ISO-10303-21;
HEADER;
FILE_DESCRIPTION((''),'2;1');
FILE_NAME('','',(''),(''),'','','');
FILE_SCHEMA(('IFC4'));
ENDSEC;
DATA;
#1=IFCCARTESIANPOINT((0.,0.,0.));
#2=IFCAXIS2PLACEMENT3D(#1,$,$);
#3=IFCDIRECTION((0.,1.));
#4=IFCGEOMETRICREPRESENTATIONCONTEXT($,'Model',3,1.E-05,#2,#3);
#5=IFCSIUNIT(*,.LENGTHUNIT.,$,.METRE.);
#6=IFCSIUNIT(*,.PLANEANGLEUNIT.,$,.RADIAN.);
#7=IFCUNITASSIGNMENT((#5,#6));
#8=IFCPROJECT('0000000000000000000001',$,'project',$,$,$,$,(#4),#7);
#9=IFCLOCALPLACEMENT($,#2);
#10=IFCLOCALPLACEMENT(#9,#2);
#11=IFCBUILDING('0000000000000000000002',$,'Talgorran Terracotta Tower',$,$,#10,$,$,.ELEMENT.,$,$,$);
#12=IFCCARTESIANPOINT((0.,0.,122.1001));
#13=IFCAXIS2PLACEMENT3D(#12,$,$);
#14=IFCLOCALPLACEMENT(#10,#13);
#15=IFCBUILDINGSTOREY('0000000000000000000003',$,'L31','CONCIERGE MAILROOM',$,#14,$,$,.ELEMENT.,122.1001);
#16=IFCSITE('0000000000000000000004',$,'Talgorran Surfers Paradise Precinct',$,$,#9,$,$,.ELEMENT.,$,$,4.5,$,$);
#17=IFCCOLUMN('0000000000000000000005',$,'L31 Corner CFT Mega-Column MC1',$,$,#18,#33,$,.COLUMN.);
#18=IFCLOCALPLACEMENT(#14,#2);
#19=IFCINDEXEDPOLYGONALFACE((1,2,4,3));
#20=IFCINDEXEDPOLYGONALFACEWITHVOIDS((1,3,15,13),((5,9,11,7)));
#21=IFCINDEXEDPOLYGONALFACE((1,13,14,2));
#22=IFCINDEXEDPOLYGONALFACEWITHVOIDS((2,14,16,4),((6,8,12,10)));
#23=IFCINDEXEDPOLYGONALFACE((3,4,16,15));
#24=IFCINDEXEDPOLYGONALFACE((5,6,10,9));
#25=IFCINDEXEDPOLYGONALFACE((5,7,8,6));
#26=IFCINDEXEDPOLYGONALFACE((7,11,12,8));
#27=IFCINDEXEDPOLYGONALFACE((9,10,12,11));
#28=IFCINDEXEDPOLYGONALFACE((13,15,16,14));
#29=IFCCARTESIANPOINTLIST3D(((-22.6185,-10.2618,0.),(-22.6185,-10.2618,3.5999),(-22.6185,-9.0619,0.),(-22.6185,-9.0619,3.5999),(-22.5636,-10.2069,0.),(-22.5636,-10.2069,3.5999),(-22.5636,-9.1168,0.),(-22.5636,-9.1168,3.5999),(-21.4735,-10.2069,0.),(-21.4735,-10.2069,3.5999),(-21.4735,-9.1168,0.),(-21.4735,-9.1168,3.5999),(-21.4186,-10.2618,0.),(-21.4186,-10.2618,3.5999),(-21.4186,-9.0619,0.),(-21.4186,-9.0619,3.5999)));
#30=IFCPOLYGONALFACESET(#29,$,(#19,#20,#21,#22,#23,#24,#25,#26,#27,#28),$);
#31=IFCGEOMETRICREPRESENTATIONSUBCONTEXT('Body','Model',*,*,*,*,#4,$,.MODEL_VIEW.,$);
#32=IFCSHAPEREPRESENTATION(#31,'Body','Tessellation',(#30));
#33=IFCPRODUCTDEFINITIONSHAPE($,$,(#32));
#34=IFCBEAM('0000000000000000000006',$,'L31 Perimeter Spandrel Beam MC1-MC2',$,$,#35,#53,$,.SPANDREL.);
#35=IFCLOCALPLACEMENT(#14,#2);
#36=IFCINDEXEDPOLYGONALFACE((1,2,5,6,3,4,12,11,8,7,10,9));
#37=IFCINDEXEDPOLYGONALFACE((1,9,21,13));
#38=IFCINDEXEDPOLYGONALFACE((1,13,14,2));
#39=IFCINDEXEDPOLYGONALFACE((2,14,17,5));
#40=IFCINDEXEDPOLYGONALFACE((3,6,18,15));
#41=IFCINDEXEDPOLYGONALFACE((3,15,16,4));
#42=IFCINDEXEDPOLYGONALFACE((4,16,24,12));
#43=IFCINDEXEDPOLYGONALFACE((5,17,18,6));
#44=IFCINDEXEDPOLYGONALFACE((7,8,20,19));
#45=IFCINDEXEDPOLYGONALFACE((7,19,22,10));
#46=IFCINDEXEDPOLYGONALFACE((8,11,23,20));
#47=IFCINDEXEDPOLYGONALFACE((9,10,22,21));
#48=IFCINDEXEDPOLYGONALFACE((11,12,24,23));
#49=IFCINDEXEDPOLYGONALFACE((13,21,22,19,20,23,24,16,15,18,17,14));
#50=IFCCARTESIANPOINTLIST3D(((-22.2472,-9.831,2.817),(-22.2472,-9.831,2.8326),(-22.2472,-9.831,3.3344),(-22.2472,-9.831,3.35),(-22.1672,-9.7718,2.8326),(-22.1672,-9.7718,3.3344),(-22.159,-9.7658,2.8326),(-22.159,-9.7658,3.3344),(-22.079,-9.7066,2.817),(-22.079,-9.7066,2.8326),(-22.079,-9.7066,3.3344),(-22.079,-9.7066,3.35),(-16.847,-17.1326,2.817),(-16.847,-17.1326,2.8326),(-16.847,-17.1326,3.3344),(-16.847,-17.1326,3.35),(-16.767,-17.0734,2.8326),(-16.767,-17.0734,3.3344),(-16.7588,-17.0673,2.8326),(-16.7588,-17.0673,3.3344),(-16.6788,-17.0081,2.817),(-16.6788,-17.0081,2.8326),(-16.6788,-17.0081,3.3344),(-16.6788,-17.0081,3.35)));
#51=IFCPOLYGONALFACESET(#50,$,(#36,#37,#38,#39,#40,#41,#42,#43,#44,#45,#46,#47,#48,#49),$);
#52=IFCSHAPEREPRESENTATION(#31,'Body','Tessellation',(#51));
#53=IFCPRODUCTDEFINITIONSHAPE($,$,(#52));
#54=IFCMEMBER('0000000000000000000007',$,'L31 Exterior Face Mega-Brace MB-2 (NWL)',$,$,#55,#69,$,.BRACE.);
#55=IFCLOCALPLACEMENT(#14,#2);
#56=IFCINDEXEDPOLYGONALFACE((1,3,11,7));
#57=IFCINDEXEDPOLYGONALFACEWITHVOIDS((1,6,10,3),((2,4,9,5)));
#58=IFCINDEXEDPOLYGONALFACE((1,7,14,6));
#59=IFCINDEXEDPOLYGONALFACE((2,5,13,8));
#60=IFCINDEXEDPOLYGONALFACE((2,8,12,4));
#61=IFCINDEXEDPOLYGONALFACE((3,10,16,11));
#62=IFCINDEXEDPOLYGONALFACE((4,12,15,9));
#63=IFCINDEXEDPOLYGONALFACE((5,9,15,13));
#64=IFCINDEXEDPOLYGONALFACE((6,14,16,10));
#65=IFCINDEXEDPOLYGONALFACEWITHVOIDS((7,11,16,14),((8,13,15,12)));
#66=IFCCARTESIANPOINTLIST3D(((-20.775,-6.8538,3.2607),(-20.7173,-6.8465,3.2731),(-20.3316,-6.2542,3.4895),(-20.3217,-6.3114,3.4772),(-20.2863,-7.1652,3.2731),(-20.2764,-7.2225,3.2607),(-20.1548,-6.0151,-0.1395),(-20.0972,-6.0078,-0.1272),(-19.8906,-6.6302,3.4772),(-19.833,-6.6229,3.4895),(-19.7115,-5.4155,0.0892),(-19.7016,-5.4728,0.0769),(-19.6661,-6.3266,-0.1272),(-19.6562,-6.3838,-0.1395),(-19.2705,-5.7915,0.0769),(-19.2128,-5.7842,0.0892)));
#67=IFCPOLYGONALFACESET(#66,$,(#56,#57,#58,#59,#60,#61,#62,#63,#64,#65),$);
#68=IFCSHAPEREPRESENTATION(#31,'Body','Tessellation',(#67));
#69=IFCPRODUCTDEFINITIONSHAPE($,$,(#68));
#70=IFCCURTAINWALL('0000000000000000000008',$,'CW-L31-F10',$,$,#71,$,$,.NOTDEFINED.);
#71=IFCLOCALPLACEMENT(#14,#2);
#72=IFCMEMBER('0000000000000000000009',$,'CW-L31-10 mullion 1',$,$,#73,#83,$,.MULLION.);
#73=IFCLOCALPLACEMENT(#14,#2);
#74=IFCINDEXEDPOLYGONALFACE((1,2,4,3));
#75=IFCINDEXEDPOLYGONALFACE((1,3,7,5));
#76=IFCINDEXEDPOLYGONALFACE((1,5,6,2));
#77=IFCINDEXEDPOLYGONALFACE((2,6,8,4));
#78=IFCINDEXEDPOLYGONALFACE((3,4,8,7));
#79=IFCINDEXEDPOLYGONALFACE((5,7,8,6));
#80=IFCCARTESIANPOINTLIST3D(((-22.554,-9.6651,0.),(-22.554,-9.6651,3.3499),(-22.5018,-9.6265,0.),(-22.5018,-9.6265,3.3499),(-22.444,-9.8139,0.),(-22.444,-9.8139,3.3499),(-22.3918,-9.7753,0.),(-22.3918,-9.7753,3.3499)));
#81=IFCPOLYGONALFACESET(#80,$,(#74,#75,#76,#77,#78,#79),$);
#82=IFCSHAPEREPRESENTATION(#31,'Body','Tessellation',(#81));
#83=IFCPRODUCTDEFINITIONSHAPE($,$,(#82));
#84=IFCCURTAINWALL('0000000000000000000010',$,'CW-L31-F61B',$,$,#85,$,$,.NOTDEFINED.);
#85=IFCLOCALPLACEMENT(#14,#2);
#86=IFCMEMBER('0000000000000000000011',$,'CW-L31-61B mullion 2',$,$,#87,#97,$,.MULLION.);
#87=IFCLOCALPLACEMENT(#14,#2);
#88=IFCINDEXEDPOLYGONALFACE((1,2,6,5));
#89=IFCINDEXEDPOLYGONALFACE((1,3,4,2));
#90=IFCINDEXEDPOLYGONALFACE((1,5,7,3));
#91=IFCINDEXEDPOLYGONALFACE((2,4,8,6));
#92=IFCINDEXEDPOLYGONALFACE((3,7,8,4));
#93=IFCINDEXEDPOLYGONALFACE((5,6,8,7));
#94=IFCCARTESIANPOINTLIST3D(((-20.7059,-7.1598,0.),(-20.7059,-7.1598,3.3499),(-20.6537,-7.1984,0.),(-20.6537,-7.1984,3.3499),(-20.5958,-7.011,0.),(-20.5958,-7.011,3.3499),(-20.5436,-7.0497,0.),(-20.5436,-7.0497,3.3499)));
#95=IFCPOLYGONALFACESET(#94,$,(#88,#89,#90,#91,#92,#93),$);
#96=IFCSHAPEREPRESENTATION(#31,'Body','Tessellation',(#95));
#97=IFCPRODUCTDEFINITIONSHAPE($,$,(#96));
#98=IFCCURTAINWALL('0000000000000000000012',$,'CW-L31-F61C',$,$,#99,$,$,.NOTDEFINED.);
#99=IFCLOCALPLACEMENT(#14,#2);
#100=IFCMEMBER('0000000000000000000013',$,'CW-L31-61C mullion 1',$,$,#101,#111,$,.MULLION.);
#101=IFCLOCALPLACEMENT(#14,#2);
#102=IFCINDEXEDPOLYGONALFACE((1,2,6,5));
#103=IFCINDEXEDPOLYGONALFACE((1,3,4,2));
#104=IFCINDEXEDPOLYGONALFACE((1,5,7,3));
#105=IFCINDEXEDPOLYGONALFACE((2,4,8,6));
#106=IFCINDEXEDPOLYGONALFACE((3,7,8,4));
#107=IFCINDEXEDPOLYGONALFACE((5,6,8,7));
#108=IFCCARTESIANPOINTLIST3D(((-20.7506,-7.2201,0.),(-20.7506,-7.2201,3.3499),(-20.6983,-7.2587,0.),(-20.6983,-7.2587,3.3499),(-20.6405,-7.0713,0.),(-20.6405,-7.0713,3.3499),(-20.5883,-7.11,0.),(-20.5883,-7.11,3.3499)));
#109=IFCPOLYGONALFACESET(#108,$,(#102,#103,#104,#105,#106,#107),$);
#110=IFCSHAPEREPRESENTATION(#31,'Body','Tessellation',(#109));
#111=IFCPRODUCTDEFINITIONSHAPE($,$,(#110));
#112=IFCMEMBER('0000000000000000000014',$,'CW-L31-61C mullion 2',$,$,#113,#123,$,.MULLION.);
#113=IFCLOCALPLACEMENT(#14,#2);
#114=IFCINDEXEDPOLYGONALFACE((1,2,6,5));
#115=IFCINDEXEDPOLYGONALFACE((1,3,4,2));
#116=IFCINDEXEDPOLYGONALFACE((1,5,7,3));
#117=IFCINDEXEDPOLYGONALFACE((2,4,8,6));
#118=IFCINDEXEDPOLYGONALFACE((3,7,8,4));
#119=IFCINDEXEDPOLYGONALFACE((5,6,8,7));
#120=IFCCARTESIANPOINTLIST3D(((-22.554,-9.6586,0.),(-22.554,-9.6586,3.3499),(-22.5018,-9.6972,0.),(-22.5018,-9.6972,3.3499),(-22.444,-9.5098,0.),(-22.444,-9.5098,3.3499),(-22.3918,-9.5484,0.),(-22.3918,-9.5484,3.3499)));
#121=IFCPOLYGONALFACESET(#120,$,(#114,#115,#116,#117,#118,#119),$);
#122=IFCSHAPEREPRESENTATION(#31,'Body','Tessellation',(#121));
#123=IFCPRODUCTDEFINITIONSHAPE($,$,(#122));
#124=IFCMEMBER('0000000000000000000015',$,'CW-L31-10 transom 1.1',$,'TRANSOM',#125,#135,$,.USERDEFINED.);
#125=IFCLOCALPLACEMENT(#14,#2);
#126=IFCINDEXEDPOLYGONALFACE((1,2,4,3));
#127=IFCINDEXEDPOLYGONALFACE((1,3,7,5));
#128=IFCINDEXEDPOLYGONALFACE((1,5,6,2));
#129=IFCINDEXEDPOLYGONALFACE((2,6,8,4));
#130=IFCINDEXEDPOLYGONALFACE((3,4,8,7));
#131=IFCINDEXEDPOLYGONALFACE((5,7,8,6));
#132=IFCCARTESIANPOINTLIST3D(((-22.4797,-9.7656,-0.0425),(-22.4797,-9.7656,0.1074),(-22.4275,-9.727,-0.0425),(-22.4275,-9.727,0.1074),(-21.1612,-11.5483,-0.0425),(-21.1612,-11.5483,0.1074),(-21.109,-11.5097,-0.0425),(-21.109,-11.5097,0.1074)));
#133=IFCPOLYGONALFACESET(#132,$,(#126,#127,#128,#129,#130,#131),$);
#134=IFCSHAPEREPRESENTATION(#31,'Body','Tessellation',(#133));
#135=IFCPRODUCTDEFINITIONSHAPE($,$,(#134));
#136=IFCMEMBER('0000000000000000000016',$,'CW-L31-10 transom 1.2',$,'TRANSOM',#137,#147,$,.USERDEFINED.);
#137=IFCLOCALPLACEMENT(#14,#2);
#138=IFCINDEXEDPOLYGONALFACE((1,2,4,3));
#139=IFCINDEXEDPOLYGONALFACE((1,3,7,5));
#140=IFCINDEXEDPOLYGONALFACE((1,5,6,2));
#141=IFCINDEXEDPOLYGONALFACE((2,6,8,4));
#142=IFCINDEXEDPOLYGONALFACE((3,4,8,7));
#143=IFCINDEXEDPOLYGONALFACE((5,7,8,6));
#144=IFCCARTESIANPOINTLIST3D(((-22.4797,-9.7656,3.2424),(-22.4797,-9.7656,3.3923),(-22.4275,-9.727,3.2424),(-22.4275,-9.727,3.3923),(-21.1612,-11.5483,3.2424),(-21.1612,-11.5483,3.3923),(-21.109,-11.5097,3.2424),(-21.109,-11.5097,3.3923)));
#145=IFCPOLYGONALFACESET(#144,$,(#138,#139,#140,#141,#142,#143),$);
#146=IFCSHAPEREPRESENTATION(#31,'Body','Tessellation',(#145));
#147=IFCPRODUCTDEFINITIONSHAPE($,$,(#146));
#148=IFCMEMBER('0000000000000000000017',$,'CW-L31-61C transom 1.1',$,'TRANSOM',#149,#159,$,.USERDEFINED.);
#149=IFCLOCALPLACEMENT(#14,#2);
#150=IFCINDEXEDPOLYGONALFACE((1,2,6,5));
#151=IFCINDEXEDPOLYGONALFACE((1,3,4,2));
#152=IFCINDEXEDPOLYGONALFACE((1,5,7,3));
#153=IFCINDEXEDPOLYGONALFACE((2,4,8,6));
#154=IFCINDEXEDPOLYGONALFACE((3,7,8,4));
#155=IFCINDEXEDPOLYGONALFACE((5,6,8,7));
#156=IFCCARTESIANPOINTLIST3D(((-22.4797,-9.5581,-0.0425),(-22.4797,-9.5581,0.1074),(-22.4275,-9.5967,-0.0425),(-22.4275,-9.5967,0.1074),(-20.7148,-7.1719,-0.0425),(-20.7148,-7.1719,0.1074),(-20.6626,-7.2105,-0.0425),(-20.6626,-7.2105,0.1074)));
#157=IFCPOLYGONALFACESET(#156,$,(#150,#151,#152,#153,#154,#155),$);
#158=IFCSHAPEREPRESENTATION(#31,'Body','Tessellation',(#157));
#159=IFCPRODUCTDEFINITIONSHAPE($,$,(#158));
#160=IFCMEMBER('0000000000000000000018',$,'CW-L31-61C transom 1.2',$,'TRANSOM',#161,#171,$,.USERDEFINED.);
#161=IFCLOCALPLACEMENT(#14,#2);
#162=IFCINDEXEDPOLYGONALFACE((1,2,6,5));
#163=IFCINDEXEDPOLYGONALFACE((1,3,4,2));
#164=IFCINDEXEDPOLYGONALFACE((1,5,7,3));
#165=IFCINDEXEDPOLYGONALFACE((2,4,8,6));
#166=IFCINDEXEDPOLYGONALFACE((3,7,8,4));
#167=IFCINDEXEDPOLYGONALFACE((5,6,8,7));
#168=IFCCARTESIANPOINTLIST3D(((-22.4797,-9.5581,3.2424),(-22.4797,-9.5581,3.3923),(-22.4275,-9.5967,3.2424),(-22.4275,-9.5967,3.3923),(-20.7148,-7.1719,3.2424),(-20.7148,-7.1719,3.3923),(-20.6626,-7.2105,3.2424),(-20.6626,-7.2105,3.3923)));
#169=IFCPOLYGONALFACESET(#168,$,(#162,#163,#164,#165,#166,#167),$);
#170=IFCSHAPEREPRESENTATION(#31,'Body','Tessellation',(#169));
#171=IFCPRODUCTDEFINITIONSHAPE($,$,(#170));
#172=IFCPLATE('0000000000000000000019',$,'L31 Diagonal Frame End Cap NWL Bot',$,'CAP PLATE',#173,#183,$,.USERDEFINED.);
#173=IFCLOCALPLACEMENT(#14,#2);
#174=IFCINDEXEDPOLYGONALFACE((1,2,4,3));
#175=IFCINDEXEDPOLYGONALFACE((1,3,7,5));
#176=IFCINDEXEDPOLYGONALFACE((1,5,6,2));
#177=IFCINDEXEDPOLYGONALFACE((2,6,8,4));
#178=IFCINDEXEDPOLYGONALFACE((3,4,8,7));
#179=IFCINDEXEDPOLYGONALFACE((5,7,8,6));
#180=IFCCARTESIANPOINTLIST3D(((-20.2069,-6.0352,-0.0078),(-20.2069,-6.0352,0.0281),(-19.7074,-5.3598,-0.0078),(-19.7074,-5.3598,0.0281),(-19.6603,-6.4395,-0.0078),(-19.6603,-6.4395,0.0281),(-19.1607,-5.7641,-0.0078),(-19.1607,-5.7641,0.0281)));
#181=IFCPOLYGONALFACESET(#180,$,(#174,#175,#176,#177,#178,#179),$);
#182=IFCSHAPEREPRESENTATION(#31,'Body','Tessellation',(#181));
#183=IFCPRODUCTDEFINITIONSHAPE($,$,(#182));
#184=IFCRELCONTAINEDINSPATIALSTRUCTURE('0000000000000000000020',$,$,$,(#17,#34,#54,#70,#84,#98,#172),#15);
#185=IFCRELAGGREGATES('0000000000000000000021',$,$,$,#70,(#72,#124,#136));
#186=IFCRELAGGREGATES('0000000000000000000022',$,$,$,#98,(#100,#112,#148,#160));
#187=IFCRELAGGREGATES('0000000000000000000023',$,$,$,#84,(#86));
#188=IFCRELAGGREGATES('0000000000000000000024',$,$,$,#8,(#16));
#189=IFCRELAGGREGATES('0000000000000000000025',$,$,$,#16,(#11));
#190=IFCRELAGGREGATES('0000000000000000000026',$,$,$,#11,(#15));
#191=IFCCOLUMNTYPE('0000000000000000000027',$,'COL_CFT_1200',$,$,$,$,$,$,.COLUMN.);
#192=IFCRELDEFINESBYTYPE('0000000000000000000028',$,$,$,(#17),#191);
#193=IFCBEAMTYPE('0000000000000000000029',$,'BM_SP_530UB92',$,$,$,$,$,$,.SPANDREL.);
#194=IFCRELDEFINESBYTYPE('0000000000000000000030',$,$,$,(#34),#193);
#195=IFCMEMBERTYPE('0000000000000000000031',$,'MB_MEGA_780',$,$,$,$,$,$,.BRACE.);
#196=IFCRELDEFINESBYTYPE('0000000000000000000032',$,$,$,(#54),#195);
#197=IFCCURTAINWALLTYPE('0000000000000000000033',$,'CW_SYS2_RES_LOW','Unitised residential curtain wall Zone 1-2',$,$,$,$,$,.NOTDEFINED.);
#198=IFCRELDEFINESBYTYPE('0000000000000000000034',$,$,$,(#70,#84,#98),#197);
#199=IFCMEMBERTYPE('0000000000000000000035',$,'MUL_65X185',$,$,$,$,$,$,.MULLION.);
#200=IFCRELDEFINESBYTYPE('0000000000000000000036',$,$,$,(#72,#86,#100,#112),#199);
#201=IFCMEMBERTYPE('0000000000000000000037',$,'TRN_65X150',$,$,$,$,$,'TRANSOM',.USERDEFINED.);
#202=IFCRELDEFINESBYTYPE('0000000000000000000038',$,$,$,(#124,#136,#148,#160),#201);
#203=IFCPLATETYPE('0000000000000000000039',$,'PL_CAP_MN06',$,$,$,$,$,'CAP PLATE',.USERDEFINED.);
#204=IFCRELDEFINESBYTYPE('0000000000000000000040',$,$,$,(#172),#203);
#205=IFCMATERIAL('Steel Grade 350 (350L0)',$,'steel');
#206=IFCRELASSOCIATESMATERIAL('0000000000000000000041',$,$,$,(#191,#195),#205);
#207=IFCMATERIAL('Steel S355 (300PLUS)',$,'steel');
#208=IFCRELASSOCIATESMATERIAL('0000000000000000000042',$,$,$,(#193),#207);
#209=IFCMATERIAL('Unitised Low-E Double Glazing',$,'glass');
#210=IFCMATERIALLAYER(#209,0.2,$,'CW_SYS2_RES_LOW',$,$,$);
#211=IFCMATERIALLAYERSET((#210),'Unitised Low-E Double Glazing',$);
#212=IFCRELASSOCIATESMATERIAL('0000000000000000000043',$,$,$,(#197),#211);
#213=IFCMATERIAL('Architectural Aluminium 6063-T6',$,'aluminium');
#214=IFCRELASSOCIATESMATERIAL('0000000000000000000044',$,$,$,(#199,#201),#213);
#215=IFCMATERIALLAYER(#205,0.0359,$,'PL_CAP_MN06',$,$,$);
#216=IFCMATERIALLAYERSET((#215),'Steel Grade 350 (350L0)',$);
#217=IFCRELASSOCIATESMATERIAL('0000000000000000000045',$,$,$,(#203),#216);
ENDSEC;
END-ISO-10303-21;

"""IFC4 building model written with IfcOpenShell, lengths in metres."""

from ifc_helpers import new_model, si_unit, direction, frame, origin, origin_2d, place, context, subcontext, project, spatial, rectangle, hollow_rectangle, i_section, extrude, material, layer, layer_set, material_profile, profile_set, type_object, element, aggregate, save


model = new_model("IFC4")

# Units and contexts
model_context = context("Model", 3, precision=1e-05, world=origin(), true_north=direction((0.0, 1.0)))
body_context = subcontext(model_context, "Body", "Model", "MODEL_VIEW")
ifc_project = project(units=[si_unit("LENGTHUNIT", "METRE"), si_unit("PLANEANGLEUNIT", "RADIAN")], contexts=[model_context])

# Site, building, storey
site_placement = place(None, origin())
site = spatial("IfcSite", under=ifc_project, at=site_placement, Name="Talgorran Surfers Paradise Precinct", CompositionType="ELEMENT", RefElevation=4.5)
building_placement = place(site_placement, origin())
building = spatial("IfcBuilding", under=site, at=building_placement, Name="Talgorran Terracotta Tower", CompositionType="ELEMENT")
storey_placement = place(building_placement, frame((0.0, 0.0, 122.1001)))
storey = spatial("IfcBuildingStorey", under=building, at=storey_placement, Name="L31", Description="CONCIERGE MAILROOM", CompositionType="ELEMENT", Elevation=122.1001)

# Column
ifc_material_1 = material(Name="Steel Grade 350 (350L0)", Category="steel")
ifc_material_profile_1 = material_profile(ifc_material_1, hollow_rectangle(XDim=1.2, YDim=1.2, WallThickness=0.0549, at=origin_2d()), Name="CFT1200X1200X55")
ifc_profile_set_1 = profile_set([ifc_material_profile_1], Name="Steel Grade 350 (350L0)")
column_type = type_object("IfcColumnType", Name="COL_CFT_1200", PredefinedType="COLUMN", material=ifc_profile_set_1)
column_placement = place(storey_placement, frame((-22.0186, -9.6619, 0.0), z_axis=(0.0, 0.0, 1.0), x_axis=(1.0, 0.0, 0.0)))
element("IfcColumn", 1, at=column_placement, inside=storey, type_object=column_type, Name="L31 Corner CFT Mega-Column MC1", PredefinedType="COLUMN", context=body_context, shape_type="SweptSolid", body=[
    extrude(hollow_rectangle(XDim=1.2, YDim=1.2, WallThickness=0.0549, at=origin_2d()), origin(), (0.0, 0.0, 1.0), 3.5999),
])

# Beam
ifc_material_2 = material(Name="Steel S355 (300PLUS)", Category="steel")
ifc_material_profile_2 = material_profile(ifc_material_2, i_section(OverallWidth=0.2092, OverallDepth=0.533, WebThickness=0.0103, FlangeThickness=0.0156, at=origin_2d()), Name="530UB92.4")
ifc_profile_set_2 = profile_set([ifc_material_profile_2], Name="Steel S355 (300PLUS)")
beam_type = type_object("IfcBeamType", Name="BM_SP_530UB92", PredefinedType="SPANDREL", material=ifc_profile_set_2)
beam_placement = place(storey_placement, frame((-22.1631, -9.7688, 3.0835), z_axis=(0.594631, -0.803998, 0.0), x_axis=(0.803998, 0.594631, 0.0)))
element("IfcBeam", 2, at=beam_placement, inside=storey, type_object=beam_type, Name="L31 Perimeter Spandrel Beam MC1-MC2", PredefinedType="SPANDREL", context=body_context, shape_type="SweptSolid", body=[
    extrude(i_section(OverallWidth=0.2092, OverallDepth=0.533, WebThickness=0.0103, FlangeThickness=0.0156, at=origin_2d()), origin(), (0.0, 0.0, 1.0), 9.0815),
])

# Member
ifc_material_profile_3 = material_profile(ifc_material_1, hollow_rectangle(XDim=0.6201, YDim=0.78, WallThickness=0.042, at=origin_2d()), Name="WBOX780X620X42")
ifc_profile_set_3 = profile_set([ifc_material_profile_3], Name="Steel Grade 350 (350L0)")
member_type_1 = type_object("IfcMemberType", Name="MB_MEGA_780", PredefinedType="BRACE", material=ifc_profile_set_3)
member_1_placement = place(storey_placement, frame((-19.6838, -5.8997, -0.0251), z_axis=(-0.174361, -0.235799, 0.956032), x_axis=(0.804055, -0.594556, 0.0)))
element("IfcMember", 3, at=member_1_placement, inside=storey, type_object=member_type_1, Name="L31 Exterior Face Mega-Brace MB-2 (NWL)", PredefinedType="BRACE", context=body_context, shape_type="SweptSolid", body=[
    extrude(hollow_rectangle(XDim=0.6201, YDim=0.78, WallThickness=0.042, at=origin_2d()), origin(), (0.0, 0.0, 1.0), 3.5566),
])

# Curtain walls, members
ifc_material_3 = material(Name="Unitised Low-E Double Glazing", Category="glass")
ifc_layer_1 = layer(ifc_material_3, 0.2, Name="CW_SYS2_RES_LOW")
ifc_layer_set_1 = layer_set([ifc_layer_1], Name="Unitised Low-E Double Glazing")
curtain_wall_type = type_object("IfcCurtainWallType", Name="CW_SYS2_RES_LOW", Description="Unitised residential curtain wall Zone 1-2", PredefinedType="NOTDEFINED", material=ifc_layer_set_1)
curtain_wall_1_placement = place(storey_placement, origin())
curtain_wall_1 = element("IfcCurtainWall", 4, at=curtain_wall_1_placement, inside=storey, type_object=curtain_wall_type, Name="CW-L31-F10", PredefinedType="NOTDEFINED")
ifc_material_4 = material(Name="Architectural Aluminium 6063-T6", Category="aluminium")
ifc_material_profile_4 = material_profile(ifc_material_4, rectangle(XDim=0.0649, YDim=0.1851, at=origin_2d()), Name="CWM65X185")
ifc_profile_set_4 = profile_set([ifc_material_profile_4], Name="Architectural Aluminium 6063-T6")
member_type_2 = type_object("IfcMemberType", Name="MUL_65X185", PredefinedType="MULLION", material=ifc_profile_set_4)
member_2_placement = place(storey_placement, frame((-22.4729, -9.7202, 0.0), z_axis=(0.0, 0.0, 1.0), x_axis=(0.803985, 0.59465, 0.0)))
member_2 = element("IfcMember", 5, at=member_2_placement, type_object=member_type_2, Name="CW-L31-10 mullion 1", PredefinedType="MULLION", context=body_context, shape_type="SweptSolid", body=[
    extrude(rectangle(XDim=0.0649, YDim=0.1851, at=origin_2d()), origin(), (0.0, 0.0, 1.0), 3.3499),
])
curtain_wall_2_placement = place(storey_placement, origin())
curtain_wall_2 = element("IfcCurtainWall", 6, at=curtain_wall_2_placement, inside=storey, type_object=curtain_wall_type, Name="CW-L31-F61B", PredefinedType="NOTDEFINED")
member_3_placement = place(storey_placement, frame((-20.6248, -7.1047, 0.0), z_axis=(0.0, 0.0, 1.0), x_axis=(0.803994, -0.594637, 0.0)))
member_3 = element("IfcMember", 7, at=member_3_placement, type_object=member_type_2, Name="CW-L31-61B mullion 2", PredefinedType="MULLION", context=body_context, shape_type="SweptSolid", body=[
    extrude(rectangle(XDim=0.0649, YDim=0.1851, at=origin_2d()), origin(), (0.0, 0.0, 1.0), 3.3499),
])

# Curtain wall, members
curtain_wall_3_placement = place(storey_placement, origin())
curtain_wall_3 = element("IfcCurtainWall", 8, at=curtain_wall_3_placement, inside=storey, type_object=curtain_wall_type, Name="CW-L31-F61C", PredefinedType="NOTDEFINED")
member_4_placement = place(storey_placement, frame((-20.6694, -7.165, 0.0), z_axis=(0.0, 0.0, 1.0), x_axis=(0.803995, -0.594636, 0.0)))
member_4 = element("IfcMember", 9, at=member_4_placement, type_object=member_type_2, Name="CW-L31-61C mullion 1", PredefinedType="MULLION", context=body_context, shape_type="SweptSolid", body=[
    extrude(rectangle(XDim=0.0649, YDim=0.1851, at=origin_2d()), origin(), (0.0, 0.0, 1.0), 3.3499),
])
member_5_placement = place(storey_placement, frame((-22.4729, -9.6035, 0.0), z_axis=(0.0, 0.0, 1.0), x_axis=(0.803995, -0.594636, 0.0)))
member_5 = element("IfcMember", 10, at=member_5_placement, type_object=member_type_2, Name="CW-L31-61C mullion 2", PredefinedType="MULLION", context=body_context, shape_type="SweptSolid", body=[
    extrude(rectangle(XDim=0.0649, YDim=0.1851, at=origin_2d()), origin(), (0.0, 0.0, 1.0), 3.3499),
])

# Members
ifc_material_profile_5 = material_profile(ifc_material_4, rectangle(XDim=0.0649, YDim=0.1499, at=origin_2d()), Name="CWT65X150")
ifc_profile_set_5 = profile_set([ifc_material_profile_5], Name="Architectural Aluminium 6063-T6")
member_type_3 = type_object("IfcMemberType", Name="TRN_65X150", ElementType="TRANSOM", PredefinedType="USERDEFINED", material=ifc_profile_set_5)
member_6_placement = place(storey_placement, frame((-22.4536, -9.7463, 0.0325), z_axis=(0.594667, -0.803972, 0.0), x_axis=(0.803972, 0.594667, 0.0)))
member_6 = element("IfcMember", 11, at=member_6_placement, type_object=member_type_3, Name="CW-L31-10 transom 1.1", ObjectType="TRANSOM", PredefinedType="USERDEFINED", context=body_context, shape_type="SweptSolid", body=[
    extrude(rectangle(XDim=0.0649, YDim=0.1499, at=origin_2d()), origin(), (0.0, 0.0, 1.0), 2.2173),
])
member_7_placement = place(storey_placement, frame((-22.4536, -9.7463, 3.3174), z_axis=(0.594667, -0.803972, 0.0), x_axis=(0.803972, 0.594667, 0.0)))
member_7 = element("IfcMember", 12, at=member_7_placement, type_object=member_type_3, Name="CW-L31-10 transom 1.2", ObjectType="TRANSOM", PredefinedType="USERDEFINED", context=body_context, shape_type="SweptSolid", body=[
    extrude(rectangle(XDim=0.0649, YDim=0.1499, at=origin_2d()), origin(), (0.0, 0.0, 1.0), 2.2173),
])
member_8_placement = place(storey_placement, frame((-20.6887, -7.1912, 0.0325), z_axis=(-0.594643, -0.80399, 0.0), x_axis=(0.80399, -0.594643, 0.0)))
member_8 = element("IfcMember", 13, at=member_8_placement, type_object=member_type_3, Name="CW-L31-61C transom 1.1", ObjectType="TRANSOM", PredefinedType="USERDEFINED", context=body_context, shape_type="SweptSolid", body=[
    extrude(rectangle(XDim=0.0649, YDim=0.1499, at=origin_2d()), origin(), (0.0, 0.0, 1.0), 2.968),
])
member_9_placement = place(storey_placement, frame((-20.6887, -7.1912, 3.3174), z_axis=(-0.594643, -0.80399, 0.0), x_axis=(0.80399, -0.594643, 0.0)))
member_9 = element("IfcMember", 14, at=member_9_placement, type_object=member_type_3, Name="CW-L31-61C transom 1.2", ObjectType="TRANSOM", PredefinedType="USERDEFINED", context=body_context, shape_type="SweptSolid", body=[
    extrude(rectangle(XDim=0.0649, YDim=0.1499, at=origin_2d()), origin(), (0.0, 0.0, 1.0), 2.968),
])

# Plate
ifc_layer_2 = layer(ifc_material_1, 0.0359, Name="PL_CAP_MN06")
ifc_layer_set_2 = layer_set([ifc_layer_2], Name="Steel Grade 350 (350L0)")
plate_type_1 = type_object("IfcPlateType", Name="PL_CAP_MN06", ElementType="CAP PLATE", PredefinedType="USERDEFINED", material=ifc_layer_set_2)
for number, where, z_axis, x_axis, name in (
    (15, (-19.6838, -5.8997, -0.0078), (0.0, 0.0, 1.0), (-0.594682, -0.803961, 0.0), "L31 Diagonal Frame End Cap NWL Bot"),
):
    element("IfcPlate", number, at=place(storey_placement, frame(where, z_axis=z_axis, x_axis=x_axis)), inside=storey, type_object=plate_type_1, Name=name, ObjectType="CAP PLATE", PredefinedType="USERDEFINED", context=body_context, shape_type="SweptSolid", body=[
        extrude(rectangle(XDim=0.8401, YDim=0.6799, at=origin_2d()), origin(), (0.0, 0.0, 1.0), 0.0359),
    ])

aggregate(curtain_wall_1, [member_2, member_6, member_7])
aggregate(curtain_wall_3, [member_4, member_5, member_8, member_9])
aggregate(curtain_wall_2, [member_3])

save(model, "model.ifc")
